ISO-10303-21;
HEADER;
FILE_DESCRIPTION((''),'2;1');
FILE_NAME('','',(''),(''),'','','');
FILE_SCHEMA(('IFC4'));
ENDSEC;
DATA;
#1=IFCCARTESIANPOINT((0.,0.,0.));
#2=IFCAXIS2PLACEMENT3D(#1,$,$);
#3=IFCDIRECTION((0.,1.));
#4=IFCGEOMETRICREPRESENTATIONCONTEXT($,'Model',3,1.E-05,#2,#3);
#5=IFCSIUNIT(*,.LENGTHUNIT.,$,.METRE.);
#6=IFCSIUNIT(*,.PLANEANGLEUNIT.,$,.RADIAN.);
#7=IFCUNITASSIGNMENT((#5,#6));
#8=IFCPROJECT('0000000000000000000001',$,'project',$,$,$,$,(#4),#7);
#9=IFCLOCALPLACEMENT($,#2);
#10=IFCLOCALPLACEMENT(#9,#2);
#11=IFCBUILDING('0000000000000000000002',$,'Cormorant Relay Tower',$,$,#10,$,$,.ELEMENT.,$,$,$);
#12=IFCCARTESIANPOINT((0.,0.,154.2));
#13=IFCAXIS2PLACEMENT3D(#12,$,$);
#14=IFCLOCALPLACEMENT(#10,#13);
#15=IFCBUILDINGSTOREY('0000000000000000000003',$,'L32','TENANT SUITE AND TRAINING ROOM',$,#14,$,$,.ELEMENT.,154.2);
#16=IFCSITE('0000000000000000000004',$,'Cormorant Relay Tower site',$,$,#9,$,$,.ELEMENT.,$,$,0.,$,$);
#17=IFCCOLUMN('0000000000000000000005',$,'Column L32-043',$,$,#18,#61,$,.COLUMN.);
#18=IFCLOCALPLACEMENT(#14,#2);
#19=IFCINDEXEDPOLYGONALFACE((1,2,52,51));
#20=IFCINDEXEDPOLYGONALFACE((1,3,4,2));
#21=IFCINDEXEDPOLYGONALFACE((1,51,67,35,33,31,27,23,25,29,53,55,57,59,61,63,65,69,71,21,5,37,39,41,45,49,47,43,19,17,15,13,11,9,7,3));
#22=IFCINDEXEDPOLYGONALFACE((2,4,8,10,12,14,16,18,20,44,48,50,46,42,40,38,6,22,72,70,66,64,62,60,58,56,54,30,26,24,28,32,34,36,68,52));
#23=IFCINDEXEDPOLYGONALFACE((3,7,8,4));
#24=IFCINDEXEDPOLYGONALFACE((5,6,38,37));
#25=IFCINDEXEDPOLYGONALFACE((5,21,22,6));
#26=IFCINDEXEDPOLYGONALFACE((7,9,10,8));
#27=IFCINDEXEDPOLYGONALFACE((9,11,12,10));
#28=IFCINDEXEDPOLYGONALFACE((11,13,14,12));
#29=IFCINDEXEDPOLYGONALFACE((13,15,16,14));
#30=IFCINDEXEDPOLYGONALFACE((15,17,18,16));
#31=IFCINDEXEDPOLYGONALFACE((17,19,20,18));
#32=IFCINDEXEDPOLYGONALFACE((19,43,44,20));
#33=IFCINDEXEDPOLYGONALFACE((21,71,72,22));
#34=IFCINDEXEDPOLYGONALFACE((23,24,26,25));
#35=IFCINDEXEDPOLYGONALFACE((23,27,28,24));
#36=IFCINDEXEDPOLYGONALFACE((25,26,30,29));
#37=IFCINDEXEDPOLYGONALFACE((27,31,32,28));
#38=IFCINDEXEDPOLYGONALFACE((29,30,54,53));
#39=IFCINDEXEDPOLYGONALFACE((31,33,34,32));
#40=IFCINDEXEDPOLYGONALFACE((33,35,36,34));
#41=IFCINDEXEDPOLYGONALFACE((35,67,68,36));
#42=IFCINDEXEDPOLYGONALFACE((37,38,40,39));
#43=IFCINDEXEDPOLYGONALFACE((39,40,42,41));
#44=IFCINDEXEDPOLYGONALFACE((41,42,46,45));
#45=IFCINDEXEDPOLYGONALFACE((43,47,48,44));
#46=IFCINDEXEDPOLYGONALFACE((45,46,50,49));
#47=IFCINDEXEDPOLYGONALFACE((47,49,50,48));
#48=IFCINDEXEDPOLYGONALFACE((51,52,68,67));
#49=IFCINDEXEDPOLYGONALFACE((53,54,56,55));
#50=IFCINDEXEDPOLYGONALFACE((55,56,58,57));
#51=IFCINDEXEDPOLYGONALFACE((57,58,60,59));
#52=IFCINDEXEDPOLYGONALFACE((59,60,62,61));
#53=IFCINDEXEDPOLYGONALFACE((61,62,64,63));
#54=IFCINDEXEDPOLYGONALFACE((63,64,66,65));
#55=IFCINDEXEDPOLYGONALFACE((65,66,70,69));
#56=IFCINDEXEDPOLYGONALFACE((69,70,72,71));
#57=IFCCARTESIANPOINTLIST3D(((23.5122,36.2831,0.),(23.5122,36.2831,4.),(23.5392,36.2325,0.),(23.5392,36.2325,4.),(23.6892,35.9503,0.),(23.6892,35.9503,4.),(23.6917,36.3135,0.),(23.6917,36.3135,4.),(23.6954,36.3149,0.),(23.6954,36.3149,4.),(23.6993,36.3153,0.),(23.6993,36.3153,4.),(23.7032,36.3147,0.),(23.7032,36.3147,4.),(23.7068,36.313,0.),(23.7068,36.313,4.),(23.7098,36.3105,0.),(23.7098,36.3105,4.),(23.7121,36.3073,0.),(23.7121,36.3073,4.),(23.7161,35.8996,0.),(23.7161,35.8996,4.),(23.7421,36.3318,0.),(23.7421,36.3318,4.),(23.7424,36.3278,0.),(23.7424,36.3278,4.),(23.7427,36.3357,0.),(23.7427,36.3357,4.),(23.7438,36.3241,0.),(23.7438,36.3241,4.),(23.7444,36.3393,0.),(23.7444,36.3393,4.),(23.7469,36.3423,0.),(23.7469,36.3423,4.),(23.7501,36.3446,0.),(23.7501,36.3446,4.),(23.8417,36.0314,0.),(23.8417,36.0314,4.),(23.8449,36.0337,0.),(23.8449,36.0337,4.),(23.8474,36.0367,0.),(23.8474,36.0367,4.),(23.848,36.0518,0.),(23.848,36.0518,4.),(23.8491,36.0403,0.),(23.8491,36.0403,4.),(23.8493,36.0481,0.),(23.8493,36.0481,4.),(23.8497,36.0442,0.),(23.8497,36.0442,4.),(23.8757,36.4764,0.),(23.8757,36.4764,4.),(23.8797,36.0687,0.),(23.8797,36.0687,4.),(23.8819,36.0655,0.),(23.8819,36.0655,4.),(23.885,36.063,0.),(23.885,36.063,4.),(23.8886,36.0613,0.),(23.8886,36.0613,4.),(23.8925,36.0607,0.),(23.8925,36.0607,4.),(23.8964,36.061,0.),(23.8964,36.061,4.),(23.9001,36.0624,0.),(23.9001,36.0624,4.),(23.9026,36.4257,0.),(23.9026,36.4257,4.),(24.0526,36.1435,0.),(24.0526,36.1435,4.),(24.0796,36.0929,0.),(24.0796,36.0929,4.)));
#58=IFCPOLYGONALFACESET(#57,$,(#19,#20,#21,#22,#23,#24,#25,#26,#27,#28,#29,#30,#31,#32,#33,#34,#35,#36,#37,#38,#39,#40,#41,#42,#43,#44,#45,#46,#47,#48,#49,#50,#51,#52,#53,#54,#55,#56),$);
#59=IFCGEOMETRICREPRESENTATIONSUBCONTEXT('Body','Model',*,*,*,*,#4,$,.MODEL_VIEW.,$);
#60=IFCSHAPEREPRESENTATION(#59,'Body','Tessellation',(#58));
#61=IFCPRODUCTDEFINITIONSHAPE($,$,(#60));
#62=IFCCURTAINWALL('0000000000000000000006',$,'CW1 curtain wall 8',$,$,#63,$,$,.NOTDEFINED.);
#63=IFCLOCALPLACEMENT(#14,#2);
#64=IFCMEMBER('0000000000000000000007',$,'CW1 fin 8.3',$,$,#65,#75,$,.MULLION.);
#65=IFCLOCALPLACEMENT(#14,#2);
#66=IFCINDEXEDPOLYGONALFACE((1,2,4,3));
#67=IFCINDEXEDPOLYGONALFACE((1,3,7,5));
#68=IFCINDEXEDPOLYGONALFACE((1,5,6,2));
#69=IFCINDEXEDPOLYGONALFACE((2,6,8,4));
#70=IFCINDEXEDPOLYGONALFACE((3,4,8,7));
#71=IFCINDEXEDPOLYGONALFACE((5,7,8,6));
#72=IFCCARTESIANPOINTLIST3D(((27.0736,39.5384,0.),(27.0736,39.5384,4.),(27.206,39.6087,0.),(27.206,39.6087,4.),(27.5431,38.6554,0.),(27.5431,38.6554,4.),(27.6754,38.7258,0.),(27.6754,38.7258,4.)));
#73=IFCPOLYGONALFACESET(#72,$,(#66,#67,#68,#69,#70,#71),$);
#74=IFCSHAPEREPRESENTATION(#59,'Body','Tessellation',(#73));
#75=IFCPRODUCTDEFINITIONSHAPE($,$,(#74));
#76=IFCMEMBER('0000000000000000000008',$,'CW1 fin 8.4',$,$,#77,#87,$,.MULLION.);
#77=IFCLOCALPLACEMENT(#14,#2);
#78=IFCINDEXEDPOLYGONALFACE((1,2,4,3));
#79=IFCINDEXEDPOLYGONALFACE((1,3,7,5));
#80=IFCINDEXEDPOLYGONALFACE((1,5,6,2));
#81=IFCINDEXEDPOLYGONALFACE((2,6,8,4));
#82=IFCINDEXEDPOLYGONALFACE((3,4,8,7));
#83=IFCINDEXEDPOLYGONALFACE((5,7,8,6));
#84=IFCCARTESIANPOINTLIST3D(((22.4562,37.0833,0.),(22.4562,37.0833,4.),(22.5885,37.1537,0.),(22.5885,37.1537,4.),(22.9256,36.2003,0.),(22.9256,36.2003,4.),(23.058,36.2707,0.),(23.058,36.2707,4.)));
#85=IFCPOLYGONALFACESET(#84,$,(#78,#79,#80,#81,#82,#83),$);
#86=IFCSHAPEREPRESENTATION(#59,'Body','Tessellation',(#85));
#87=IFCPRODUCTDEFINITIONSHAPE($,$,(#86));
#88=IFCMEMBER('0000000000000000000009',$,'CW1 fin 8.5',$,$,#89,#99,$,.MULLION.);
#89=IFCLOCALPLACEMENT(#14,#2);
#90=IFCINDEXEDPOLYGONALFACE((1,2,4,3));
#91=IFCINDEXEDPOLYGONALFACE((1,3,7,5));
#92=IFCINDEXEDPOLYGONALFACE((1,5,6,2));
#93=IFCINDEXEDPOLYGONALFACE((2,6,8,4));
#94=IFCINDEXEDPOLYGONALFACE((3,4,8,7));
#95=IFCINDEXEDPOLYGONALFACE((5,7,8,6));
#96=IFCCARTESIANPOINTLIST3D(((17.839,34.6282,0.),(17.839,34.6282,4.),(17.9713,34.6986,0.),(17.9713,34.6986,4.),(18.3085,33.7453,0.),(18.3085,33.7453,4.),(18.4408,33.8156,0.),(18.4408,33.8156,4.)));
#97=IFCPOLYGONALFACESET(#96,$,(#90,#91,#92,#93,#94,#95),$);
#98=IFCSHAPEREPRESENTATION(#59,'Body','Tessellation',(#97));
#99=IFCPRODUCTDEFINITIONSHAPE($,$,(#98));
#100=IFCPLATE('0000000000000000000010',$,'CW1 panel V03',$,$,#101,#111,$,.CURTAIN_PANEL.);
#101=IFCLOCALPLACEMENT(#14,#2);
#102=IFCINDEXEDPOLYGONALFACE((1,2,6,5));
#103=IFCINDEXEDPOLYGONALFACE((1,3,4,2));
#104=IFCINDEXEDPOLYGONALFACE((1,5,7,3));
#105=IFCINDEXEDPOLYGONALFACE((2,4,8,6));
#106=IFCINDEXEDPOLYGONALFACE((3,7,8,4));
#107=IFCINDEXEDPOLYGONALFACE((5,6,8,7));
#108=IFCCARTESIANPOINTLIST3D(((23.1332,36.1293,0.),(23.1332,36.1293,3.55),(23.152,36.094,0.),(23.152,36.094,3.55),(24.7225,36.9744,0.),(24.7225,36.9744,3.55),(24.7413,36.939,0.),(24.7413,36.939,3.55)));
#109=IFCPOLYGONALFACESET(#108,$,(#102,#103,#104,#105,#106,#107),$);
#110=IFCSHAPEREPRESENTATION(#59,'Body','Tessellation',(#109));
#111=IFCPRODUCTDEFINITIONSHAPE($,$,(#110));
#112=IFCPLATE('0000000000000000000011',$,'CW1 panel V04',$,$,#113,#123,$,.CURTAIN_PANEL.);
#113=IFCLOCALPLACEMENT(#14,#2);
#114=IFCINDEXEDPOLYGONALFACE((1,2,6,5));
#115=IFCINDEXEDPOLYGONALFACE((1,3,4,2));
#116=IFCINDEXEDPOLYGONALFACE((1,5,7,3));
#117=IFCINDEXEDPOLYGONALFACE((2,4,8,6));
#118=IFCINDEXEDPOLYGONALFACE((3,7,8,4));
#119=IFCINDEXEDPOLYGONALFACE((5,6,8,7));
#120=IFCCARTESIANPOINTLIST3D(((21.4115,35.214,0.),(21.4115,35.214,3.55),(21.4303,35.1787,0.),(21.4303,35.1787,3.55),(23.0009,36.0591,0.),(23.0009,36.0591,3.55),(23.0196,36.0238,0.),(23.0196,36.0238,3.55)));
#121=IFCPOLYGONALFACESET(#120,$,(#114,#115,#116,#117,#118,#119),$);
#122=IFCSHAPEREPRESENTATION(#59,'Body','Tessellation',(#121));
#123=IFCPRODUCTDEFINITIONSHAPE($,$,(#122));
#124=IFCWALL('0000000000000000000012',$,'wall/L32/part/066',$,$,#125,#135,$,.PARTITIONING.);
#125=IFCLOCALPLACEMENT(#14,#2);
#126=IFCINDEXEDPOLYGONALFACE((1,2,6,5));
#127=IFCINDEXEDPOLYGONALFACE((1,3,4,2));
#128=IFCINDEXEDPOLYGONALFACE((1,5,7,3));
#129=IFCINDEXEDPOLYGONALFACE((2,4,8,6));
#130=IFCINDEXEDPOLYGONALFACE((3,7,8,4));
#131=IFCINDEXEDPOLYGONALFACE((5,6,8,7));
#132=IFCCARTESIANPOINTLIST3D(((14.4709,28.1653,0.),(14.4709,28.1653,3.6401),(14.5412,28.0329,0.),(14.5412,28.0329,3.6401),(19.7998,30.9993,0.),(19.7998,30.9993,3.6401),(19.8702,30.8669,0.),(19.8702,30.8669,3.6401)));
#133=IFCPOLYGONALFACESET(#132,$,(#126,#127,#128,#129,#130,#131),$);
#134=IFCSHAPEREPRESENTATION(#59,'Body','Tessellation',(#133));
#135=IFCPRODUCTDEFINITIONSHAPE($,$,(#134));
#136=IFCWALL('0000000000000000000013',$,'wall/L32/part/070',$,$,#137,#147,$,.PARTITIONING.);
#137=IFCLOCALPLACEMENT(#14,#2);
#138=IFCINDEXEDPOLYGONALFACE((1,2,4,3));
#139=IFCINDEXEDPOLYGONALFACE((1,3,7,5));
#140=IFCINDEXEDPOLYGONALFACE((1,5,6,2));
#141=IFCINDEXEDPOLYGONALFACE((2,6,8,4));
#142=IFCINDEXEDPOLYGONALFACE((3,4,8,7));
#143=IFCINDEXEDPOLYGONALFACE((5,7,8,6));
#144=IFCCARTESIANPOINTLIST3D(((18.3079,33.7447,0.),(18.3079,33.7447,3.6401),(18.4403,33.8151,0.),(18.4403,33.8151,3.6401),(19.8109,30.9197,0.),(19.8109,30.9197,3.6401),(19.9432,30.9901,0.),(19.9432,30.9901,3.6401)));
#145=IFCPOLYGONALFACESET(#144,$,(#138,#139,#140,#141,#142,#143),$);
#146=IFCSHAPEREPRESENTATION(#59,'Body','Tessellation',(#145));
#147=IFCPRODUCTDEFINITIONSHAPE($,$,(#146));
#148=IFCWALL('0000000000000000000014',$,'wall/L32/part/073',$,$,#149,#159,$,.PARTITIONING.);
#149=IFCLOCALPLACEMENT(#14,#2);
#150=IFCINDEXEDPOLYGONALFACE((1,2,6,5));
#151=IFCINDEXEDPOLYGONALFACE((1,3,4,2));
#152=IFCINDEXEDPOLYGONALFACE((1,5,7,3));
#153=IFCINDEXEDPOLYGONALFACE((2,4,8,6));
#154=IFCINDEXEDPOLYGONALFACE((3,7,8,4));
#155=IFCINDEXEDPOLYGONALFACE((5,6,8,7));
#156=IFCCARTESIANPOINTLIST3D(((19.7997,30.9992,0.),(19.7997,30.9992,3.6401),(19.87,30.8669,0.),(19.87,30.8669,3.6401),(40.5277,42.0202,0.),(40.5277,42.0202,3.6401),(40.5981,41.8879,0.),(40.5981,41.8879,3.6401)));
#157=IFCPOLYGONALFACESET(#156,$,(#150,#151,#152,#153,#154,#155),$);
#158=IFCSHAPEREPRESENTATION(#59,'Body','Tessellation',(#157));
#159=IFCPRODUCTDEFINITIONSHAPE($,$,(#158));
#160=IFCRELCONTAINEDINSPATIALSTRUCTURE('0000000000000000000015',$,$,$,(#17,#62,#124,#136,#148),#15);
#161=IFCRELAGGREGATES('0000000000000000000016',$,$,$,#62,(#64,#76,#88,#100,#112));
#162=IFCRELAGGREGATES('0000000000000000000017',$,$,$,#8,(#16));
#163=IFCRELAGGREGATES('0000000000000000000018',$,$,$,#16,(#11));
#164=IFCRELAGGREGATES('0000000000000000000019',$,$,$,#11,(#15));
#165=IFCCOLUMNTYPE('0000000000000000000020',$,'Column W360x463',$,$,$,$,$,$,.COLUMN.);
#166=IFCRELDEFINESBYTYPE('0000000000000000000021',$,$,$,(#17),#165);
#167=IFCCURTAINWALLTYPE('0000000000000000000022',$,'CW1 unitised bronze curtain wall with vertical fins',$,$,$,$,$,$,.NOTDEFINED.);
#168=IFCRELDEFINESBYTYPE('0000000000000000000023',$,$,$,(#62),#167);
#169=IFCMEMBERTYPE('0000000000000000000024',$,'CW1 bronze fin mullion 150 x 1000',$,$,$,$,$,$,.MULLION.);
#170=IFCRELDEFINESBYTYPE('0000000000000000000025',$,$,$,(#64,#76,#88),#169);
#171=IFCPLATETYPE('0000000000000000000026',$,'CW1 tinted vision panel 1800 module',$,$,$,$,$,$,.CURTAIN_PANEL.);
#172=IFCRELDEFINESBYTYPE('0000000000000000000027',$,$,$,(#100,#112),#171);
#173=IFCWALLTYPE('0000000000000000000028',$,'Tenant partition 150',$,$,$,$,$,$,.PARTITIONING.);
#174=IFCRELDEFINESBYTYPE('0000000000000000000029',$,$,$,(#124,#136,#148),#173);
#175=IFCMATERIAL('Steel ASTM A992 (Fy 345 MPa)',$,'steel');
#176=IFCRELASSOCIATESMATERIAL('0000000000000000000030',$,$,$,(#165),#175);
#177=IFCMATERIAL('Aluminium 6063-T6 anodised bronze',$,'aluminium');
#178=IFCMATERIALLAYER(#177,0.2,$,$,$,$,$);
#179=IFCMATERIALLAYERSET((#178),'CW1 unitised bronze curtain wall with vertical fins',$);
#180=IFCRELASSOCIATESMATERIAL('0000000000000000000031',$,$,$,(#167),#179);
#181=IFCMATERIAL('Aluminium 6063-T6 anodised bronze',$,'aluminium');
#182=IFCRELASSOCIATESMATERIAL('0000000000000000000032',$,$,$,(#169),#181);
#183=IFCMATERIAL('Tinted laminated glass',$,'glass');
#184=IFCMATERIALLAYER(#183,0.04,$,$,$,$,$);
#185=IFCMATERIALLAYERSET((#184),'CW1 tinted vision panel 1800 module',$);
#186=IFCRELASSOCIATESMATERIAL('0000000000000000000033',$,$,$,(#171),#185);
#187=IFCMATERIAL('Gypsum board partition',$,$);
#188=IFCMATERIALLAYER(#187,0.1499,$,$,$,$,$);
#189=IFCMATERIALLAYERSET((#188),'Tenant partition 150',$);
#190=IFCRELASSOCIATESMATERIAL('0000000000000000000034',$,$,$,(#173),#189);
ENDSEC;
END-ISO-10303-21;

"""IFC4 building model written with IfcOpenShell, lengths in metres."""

from ifc_helpers import new_model, si_unit, direction, frame, frame_2d, origin, origin_2d, place, context, subcontext, project, spatial, rectangle, i_section, extrude, material, layer, layer_set, material_profile, profile_set, type_object, element, aggregate, save


model = new_model("IFC4")

# Units and contexts
model_context = context("Model", 3, precision=1e-05, world=origin(), true_north=direction((0.0, 1.0)))
body_context = subcontext(model_context, "Body", "Model", "MODEL_VIEW")
ifc_project = project(units=[si_unit("LENGTHUNIT", "METRE"), si_unit("PLANEANGLEUNIT", "RADIAN")], contexts=[model_context])

# Site, building, storey
site_placement = place(None, origin())
site = spatial("IfcSite", under=ifc_project, at=site_placement, Name="Cormorant Relay Tower site", CompositionType="ELEMENT", RefElevation=0.0)
building_placement = place(site_placement, origin())
building = spatial("IfcBuilding", under=site, at=building_placement, Name="Cormorant Relay Tower", CompositionType="ELEMENT")
storey_placement = place(building_placement, frame((0.0, 0.0, 154.2)))
storey = spatial("IfcBuildingStorey", under=building, at=storey_placement, Name="L32", Description="TENANT SUITE AND TRAINING ROOM", CompositionType="ELEMENT", Elevation=154.2)

# Column
ifc_material_1 = material(Name="Steel ASTM A992 (Fy 345 MPa)", Category="steel")
ifc_material_profile_1 = material_profile(ifc_material_1, i_section(OverallWidth=0.4116, OverallDepth=0.4343, WebThickness=0.0359, FlangeThickness=0.0574, FilletRadius=0.0151, at=origin_2d()), Name="W360x463")
ifc_profile_set_1 = profile_set([ifc_material_profile_1], Name="Steel ASTM A992 (Fy 345 MPa)")
column_type = type_object("IfcColumnType", Name="Column W360x463", PredefinedType="COLUMN", material=ifc_profile_set_1)
column_placement = place(storey_placement, frame((23.7959, 36.188, 0.0), z_axis=(0.0, 0.0, 1.0), x_axis=(-0.882948, -0.469472, 0.0)))
element("IfcColumn", 1, at=column_placement, inside=storey, type_object=column_type, Name="Column L32-043", PredefinedType="COLUMN", context=body_context, shape_type="SweptSolid", body=[
    extrude(i_section(OverallWidth=0.4116, OverallDepth=0.4343, WebThickness=0.0359, FlangeThickness=0.0574, FilletRadius=0.0151, at=origin_2d()), origin(), (0.0, 0.0, 1.0), 4.0),
])

# Curtain wall, members, plates
ifc_material_2 = material(Name="Aluminium 6063-T6 anodised bronze", Category="aluminium")
ifc_layer_1 = layer(ifc_material_2, 0.2)
ifc_layer_set_1 = layer_set([ifc_layer_1], Name="CW1 unitised bronze curtain wall with vertical fins")
curtain_wall_type = type_object("IfcCurtainWallType", Name="CW1 unitised bronze curtain wall with vertical fins", PredefinedType="NOTDEFINED", material=ifc_layer_set_1)
curtain_wall_placement = place(storey_placement, origin())
curtain_wall = element("IfcCurtainWall", 2, at=curtain_wall_placement, inside=storey, type_object=curtain_wall_type, Name="CW1 curtain wall 8", PredefinedType="NOTDEFINED")
ifc_material_3 = material(Name="Aluminium 6063-T6 anodised bronze", Category="aluminium")
ifc_material_profile_2 = material_profile(ifc_material_3, rectangle(XDim=0.1499, YDim=1.0, at=origin_2d()), Name="AL 150x1000")
ifc_profile_set_2 = profile_set([ifc_material_profile_2], Name="Aluminium 6063-T6 anodised bronze")
member_type = type_object("IfcMemberType", Name="CW1 bronze fin mullion 150 x 1000", PredefinedType="MULLION", material=ifc_profile_set_2)
member_1_placement = place(storey_placement, frame((27.3745, 39.1321, 0.0), z_axis=(0.0, 0.0, 1.0), x_axis=(-0.882948, -0.469472, 0.0)))
member_1 = element("IfcMember", 3, at=member_1_placement, type_object=member_type, Name="CW1 fin 8.3", PredefinedType="MULLION", context=body_context, shape_type="SweptSolid", body=[
    extrude(rectangle(XDim=0.1499, YDim=1.0, at=origin_2d()), origin(), (0.0, 0.0, 1.0), 4.0),
])
member_2_placement = place(storey_placement, frame((22.7571, 36.677, 0.0), z_axis=(0.0, 0.0, 1.0), x_axis=(-0.882948, -0.469472, 0.0)))
member_2 = element("IfcMember", 4, at=member_2_placement, type_object=member_type, Name="CW1 fin 8.4", PredefinedType="MULLION", context=body_context, shape_type="SweptSolid", body=[
    extrude(rectangle(XDim=0.1499, YDim=1.0, at=origin_2d()), origin(), (0.0, 0.0, 1.0), 4.0),
])
member_3_placement = place(storey_placement, frame((18.1399, 34.2219, 0.0), z_axis=(0.0, 0.0, 1.0), x_axis=(-0.882948, -0.469472, 0.0)))
member_3 = element("IfcMember", 5, at=member_3_placement, type_object=member_type, Name="CW1 fin 8.5", PredefinedType="MULLION", context=body_context, shape_type="SweptSolid", body=[
    extrude(rectangle(XDim=0.1499, YDim=1.0, at=origin_2d()), origin(), (0.0, 0.0, 1.0), 4.0),
])
ifc_material_4 = material(Name="Tinted laminated glass", Category="glass")
ifc_layer_2 = layer(ifc_material_4, 0.04)
ifc_layer_set_2 = layer_set([ifc_layer_2], Name="CW1 tinted vision panel 1800 module")
plate_type = type_object("IfcPlateType", Name="CW1 tinted vision panel 1800 module", PredefinedType="CURTAIN_PANEL", material=ifc_layer_set_2)
plate_1_placement = place(storey_placement, frame((23.9373, 36.5342, 0.0), z_axis=(0.0, 0.0, 1.0), x_axis=(-0.882948, -0.469472, 0.0)))
plate_1 = element("IfcPlate", 6, at=plate_1_placement, type_object=plate_type, Name="CW1 panel V03", PredefinedType="CURTAIN_PANEL", context=body_context, shape_type="SweptSolid", body=[
    extrude(rectangle(XDim=1.8, YDim=0.04, at=origin_2d()), origin(), (0.0, 0.0, 1.0), 3.55),
])
plate_2_placement = place(storey_placement, frame((22.2156, 35.6189, 0.0), z_axis=(0.0, 0.0, 1.0), x_axis=(-0.882948, -0.469472, 0.0)))
plate_2 = element("IfcPlate", 7, at=plate_2_placement, type_object=plate_type, Name="CW1 panel V04", PredefinedType="CURTAIN_PANEL", context=body_context, shape_type="SweptSolid", body=[
    extrude(rectangle(XDim=1.8, YDim=0.04, at=origin_2d()), origin(), (0.0, 0.0, 1.0), 3.55),
])

# Walls
ifc_material_5 = material(Name="Gypsum board partition")
ifc_layer_3 = layer(ifc_material_5, 0.1499)
ifc_layer_set_3 = layer_set([ifc_layer_3], Name="Tenant partition 150")
wall_type = type_object("IfcWallType", Name="Tenant partition 150", PredefinedType="PARTITIONING", material=ifc_layer_set_3)
wall_1_placement = place(storey_placement, frame((19.835, 30.9331, 0.0), z_axis=(0.0, 0.0, 1.0), x_axis=(-0.882908, -0.469547, 0.0)))
element("IfcWall", 8, at=wall_1_placement, inside=storey, type_object=wall_type, Name="wall/L32/part/066", PredefinedType="PARTITIONING", context=body_context, shape_type="SweptSolid", body=[
    extrude(rectangle(XDim=6.0356, YDim=0.1499, at=frame_2d((3.0178, 0.0))), origin(), (0.0, 0.0, 1.0), 3.6401),
])
wall_2_placement = place(storey_placement, frame((18.374, 33.78, 0.0), z_axis=(0.0, 0.0, 1.0), x_axis=(0.469685, -0.882834, 0.0)))
element("IfcWall", 9, at=wall_2_placement, inside=storey, type_object=wall_type, Name="wall/L32/part/070", PredefinedType="PARTITIONING", context=body_context, shape_type="SweptSolid", body=[
    extrude(rectangle(XDim=3.2, YDim=0.1499, at=frame_2d((1.6001, 0.0))), origin(), (0.0, 0.0, 1.0), 3.6401),
])
wall_3_placement = place(storey_placement, frame((19.835, 30.9331, 0.0), z_axis=(0.0, 0.0, 1.0), x_axis=(0.882953, 0.469462, 0.0)))
element("IfcWall", 10, at=wall_3_placement, inside=storey, type_object=wall_type, Name="wall/L32/part/073", PredefinedType="PARTITIONING", context=body_context, shape_type="SweptSolid", body=[
    extrude(rectangle(XDim=23.4758, YDim=0.1499, at=frame_2d((11.7378, 0.0))), origin(), (0.0, 0.0, 1.0), 3.6401),
])

aggregate(curtain_wall, [member_1, member_2, member_3, plate_1, plate_2])

save(model, "model.ifc")
